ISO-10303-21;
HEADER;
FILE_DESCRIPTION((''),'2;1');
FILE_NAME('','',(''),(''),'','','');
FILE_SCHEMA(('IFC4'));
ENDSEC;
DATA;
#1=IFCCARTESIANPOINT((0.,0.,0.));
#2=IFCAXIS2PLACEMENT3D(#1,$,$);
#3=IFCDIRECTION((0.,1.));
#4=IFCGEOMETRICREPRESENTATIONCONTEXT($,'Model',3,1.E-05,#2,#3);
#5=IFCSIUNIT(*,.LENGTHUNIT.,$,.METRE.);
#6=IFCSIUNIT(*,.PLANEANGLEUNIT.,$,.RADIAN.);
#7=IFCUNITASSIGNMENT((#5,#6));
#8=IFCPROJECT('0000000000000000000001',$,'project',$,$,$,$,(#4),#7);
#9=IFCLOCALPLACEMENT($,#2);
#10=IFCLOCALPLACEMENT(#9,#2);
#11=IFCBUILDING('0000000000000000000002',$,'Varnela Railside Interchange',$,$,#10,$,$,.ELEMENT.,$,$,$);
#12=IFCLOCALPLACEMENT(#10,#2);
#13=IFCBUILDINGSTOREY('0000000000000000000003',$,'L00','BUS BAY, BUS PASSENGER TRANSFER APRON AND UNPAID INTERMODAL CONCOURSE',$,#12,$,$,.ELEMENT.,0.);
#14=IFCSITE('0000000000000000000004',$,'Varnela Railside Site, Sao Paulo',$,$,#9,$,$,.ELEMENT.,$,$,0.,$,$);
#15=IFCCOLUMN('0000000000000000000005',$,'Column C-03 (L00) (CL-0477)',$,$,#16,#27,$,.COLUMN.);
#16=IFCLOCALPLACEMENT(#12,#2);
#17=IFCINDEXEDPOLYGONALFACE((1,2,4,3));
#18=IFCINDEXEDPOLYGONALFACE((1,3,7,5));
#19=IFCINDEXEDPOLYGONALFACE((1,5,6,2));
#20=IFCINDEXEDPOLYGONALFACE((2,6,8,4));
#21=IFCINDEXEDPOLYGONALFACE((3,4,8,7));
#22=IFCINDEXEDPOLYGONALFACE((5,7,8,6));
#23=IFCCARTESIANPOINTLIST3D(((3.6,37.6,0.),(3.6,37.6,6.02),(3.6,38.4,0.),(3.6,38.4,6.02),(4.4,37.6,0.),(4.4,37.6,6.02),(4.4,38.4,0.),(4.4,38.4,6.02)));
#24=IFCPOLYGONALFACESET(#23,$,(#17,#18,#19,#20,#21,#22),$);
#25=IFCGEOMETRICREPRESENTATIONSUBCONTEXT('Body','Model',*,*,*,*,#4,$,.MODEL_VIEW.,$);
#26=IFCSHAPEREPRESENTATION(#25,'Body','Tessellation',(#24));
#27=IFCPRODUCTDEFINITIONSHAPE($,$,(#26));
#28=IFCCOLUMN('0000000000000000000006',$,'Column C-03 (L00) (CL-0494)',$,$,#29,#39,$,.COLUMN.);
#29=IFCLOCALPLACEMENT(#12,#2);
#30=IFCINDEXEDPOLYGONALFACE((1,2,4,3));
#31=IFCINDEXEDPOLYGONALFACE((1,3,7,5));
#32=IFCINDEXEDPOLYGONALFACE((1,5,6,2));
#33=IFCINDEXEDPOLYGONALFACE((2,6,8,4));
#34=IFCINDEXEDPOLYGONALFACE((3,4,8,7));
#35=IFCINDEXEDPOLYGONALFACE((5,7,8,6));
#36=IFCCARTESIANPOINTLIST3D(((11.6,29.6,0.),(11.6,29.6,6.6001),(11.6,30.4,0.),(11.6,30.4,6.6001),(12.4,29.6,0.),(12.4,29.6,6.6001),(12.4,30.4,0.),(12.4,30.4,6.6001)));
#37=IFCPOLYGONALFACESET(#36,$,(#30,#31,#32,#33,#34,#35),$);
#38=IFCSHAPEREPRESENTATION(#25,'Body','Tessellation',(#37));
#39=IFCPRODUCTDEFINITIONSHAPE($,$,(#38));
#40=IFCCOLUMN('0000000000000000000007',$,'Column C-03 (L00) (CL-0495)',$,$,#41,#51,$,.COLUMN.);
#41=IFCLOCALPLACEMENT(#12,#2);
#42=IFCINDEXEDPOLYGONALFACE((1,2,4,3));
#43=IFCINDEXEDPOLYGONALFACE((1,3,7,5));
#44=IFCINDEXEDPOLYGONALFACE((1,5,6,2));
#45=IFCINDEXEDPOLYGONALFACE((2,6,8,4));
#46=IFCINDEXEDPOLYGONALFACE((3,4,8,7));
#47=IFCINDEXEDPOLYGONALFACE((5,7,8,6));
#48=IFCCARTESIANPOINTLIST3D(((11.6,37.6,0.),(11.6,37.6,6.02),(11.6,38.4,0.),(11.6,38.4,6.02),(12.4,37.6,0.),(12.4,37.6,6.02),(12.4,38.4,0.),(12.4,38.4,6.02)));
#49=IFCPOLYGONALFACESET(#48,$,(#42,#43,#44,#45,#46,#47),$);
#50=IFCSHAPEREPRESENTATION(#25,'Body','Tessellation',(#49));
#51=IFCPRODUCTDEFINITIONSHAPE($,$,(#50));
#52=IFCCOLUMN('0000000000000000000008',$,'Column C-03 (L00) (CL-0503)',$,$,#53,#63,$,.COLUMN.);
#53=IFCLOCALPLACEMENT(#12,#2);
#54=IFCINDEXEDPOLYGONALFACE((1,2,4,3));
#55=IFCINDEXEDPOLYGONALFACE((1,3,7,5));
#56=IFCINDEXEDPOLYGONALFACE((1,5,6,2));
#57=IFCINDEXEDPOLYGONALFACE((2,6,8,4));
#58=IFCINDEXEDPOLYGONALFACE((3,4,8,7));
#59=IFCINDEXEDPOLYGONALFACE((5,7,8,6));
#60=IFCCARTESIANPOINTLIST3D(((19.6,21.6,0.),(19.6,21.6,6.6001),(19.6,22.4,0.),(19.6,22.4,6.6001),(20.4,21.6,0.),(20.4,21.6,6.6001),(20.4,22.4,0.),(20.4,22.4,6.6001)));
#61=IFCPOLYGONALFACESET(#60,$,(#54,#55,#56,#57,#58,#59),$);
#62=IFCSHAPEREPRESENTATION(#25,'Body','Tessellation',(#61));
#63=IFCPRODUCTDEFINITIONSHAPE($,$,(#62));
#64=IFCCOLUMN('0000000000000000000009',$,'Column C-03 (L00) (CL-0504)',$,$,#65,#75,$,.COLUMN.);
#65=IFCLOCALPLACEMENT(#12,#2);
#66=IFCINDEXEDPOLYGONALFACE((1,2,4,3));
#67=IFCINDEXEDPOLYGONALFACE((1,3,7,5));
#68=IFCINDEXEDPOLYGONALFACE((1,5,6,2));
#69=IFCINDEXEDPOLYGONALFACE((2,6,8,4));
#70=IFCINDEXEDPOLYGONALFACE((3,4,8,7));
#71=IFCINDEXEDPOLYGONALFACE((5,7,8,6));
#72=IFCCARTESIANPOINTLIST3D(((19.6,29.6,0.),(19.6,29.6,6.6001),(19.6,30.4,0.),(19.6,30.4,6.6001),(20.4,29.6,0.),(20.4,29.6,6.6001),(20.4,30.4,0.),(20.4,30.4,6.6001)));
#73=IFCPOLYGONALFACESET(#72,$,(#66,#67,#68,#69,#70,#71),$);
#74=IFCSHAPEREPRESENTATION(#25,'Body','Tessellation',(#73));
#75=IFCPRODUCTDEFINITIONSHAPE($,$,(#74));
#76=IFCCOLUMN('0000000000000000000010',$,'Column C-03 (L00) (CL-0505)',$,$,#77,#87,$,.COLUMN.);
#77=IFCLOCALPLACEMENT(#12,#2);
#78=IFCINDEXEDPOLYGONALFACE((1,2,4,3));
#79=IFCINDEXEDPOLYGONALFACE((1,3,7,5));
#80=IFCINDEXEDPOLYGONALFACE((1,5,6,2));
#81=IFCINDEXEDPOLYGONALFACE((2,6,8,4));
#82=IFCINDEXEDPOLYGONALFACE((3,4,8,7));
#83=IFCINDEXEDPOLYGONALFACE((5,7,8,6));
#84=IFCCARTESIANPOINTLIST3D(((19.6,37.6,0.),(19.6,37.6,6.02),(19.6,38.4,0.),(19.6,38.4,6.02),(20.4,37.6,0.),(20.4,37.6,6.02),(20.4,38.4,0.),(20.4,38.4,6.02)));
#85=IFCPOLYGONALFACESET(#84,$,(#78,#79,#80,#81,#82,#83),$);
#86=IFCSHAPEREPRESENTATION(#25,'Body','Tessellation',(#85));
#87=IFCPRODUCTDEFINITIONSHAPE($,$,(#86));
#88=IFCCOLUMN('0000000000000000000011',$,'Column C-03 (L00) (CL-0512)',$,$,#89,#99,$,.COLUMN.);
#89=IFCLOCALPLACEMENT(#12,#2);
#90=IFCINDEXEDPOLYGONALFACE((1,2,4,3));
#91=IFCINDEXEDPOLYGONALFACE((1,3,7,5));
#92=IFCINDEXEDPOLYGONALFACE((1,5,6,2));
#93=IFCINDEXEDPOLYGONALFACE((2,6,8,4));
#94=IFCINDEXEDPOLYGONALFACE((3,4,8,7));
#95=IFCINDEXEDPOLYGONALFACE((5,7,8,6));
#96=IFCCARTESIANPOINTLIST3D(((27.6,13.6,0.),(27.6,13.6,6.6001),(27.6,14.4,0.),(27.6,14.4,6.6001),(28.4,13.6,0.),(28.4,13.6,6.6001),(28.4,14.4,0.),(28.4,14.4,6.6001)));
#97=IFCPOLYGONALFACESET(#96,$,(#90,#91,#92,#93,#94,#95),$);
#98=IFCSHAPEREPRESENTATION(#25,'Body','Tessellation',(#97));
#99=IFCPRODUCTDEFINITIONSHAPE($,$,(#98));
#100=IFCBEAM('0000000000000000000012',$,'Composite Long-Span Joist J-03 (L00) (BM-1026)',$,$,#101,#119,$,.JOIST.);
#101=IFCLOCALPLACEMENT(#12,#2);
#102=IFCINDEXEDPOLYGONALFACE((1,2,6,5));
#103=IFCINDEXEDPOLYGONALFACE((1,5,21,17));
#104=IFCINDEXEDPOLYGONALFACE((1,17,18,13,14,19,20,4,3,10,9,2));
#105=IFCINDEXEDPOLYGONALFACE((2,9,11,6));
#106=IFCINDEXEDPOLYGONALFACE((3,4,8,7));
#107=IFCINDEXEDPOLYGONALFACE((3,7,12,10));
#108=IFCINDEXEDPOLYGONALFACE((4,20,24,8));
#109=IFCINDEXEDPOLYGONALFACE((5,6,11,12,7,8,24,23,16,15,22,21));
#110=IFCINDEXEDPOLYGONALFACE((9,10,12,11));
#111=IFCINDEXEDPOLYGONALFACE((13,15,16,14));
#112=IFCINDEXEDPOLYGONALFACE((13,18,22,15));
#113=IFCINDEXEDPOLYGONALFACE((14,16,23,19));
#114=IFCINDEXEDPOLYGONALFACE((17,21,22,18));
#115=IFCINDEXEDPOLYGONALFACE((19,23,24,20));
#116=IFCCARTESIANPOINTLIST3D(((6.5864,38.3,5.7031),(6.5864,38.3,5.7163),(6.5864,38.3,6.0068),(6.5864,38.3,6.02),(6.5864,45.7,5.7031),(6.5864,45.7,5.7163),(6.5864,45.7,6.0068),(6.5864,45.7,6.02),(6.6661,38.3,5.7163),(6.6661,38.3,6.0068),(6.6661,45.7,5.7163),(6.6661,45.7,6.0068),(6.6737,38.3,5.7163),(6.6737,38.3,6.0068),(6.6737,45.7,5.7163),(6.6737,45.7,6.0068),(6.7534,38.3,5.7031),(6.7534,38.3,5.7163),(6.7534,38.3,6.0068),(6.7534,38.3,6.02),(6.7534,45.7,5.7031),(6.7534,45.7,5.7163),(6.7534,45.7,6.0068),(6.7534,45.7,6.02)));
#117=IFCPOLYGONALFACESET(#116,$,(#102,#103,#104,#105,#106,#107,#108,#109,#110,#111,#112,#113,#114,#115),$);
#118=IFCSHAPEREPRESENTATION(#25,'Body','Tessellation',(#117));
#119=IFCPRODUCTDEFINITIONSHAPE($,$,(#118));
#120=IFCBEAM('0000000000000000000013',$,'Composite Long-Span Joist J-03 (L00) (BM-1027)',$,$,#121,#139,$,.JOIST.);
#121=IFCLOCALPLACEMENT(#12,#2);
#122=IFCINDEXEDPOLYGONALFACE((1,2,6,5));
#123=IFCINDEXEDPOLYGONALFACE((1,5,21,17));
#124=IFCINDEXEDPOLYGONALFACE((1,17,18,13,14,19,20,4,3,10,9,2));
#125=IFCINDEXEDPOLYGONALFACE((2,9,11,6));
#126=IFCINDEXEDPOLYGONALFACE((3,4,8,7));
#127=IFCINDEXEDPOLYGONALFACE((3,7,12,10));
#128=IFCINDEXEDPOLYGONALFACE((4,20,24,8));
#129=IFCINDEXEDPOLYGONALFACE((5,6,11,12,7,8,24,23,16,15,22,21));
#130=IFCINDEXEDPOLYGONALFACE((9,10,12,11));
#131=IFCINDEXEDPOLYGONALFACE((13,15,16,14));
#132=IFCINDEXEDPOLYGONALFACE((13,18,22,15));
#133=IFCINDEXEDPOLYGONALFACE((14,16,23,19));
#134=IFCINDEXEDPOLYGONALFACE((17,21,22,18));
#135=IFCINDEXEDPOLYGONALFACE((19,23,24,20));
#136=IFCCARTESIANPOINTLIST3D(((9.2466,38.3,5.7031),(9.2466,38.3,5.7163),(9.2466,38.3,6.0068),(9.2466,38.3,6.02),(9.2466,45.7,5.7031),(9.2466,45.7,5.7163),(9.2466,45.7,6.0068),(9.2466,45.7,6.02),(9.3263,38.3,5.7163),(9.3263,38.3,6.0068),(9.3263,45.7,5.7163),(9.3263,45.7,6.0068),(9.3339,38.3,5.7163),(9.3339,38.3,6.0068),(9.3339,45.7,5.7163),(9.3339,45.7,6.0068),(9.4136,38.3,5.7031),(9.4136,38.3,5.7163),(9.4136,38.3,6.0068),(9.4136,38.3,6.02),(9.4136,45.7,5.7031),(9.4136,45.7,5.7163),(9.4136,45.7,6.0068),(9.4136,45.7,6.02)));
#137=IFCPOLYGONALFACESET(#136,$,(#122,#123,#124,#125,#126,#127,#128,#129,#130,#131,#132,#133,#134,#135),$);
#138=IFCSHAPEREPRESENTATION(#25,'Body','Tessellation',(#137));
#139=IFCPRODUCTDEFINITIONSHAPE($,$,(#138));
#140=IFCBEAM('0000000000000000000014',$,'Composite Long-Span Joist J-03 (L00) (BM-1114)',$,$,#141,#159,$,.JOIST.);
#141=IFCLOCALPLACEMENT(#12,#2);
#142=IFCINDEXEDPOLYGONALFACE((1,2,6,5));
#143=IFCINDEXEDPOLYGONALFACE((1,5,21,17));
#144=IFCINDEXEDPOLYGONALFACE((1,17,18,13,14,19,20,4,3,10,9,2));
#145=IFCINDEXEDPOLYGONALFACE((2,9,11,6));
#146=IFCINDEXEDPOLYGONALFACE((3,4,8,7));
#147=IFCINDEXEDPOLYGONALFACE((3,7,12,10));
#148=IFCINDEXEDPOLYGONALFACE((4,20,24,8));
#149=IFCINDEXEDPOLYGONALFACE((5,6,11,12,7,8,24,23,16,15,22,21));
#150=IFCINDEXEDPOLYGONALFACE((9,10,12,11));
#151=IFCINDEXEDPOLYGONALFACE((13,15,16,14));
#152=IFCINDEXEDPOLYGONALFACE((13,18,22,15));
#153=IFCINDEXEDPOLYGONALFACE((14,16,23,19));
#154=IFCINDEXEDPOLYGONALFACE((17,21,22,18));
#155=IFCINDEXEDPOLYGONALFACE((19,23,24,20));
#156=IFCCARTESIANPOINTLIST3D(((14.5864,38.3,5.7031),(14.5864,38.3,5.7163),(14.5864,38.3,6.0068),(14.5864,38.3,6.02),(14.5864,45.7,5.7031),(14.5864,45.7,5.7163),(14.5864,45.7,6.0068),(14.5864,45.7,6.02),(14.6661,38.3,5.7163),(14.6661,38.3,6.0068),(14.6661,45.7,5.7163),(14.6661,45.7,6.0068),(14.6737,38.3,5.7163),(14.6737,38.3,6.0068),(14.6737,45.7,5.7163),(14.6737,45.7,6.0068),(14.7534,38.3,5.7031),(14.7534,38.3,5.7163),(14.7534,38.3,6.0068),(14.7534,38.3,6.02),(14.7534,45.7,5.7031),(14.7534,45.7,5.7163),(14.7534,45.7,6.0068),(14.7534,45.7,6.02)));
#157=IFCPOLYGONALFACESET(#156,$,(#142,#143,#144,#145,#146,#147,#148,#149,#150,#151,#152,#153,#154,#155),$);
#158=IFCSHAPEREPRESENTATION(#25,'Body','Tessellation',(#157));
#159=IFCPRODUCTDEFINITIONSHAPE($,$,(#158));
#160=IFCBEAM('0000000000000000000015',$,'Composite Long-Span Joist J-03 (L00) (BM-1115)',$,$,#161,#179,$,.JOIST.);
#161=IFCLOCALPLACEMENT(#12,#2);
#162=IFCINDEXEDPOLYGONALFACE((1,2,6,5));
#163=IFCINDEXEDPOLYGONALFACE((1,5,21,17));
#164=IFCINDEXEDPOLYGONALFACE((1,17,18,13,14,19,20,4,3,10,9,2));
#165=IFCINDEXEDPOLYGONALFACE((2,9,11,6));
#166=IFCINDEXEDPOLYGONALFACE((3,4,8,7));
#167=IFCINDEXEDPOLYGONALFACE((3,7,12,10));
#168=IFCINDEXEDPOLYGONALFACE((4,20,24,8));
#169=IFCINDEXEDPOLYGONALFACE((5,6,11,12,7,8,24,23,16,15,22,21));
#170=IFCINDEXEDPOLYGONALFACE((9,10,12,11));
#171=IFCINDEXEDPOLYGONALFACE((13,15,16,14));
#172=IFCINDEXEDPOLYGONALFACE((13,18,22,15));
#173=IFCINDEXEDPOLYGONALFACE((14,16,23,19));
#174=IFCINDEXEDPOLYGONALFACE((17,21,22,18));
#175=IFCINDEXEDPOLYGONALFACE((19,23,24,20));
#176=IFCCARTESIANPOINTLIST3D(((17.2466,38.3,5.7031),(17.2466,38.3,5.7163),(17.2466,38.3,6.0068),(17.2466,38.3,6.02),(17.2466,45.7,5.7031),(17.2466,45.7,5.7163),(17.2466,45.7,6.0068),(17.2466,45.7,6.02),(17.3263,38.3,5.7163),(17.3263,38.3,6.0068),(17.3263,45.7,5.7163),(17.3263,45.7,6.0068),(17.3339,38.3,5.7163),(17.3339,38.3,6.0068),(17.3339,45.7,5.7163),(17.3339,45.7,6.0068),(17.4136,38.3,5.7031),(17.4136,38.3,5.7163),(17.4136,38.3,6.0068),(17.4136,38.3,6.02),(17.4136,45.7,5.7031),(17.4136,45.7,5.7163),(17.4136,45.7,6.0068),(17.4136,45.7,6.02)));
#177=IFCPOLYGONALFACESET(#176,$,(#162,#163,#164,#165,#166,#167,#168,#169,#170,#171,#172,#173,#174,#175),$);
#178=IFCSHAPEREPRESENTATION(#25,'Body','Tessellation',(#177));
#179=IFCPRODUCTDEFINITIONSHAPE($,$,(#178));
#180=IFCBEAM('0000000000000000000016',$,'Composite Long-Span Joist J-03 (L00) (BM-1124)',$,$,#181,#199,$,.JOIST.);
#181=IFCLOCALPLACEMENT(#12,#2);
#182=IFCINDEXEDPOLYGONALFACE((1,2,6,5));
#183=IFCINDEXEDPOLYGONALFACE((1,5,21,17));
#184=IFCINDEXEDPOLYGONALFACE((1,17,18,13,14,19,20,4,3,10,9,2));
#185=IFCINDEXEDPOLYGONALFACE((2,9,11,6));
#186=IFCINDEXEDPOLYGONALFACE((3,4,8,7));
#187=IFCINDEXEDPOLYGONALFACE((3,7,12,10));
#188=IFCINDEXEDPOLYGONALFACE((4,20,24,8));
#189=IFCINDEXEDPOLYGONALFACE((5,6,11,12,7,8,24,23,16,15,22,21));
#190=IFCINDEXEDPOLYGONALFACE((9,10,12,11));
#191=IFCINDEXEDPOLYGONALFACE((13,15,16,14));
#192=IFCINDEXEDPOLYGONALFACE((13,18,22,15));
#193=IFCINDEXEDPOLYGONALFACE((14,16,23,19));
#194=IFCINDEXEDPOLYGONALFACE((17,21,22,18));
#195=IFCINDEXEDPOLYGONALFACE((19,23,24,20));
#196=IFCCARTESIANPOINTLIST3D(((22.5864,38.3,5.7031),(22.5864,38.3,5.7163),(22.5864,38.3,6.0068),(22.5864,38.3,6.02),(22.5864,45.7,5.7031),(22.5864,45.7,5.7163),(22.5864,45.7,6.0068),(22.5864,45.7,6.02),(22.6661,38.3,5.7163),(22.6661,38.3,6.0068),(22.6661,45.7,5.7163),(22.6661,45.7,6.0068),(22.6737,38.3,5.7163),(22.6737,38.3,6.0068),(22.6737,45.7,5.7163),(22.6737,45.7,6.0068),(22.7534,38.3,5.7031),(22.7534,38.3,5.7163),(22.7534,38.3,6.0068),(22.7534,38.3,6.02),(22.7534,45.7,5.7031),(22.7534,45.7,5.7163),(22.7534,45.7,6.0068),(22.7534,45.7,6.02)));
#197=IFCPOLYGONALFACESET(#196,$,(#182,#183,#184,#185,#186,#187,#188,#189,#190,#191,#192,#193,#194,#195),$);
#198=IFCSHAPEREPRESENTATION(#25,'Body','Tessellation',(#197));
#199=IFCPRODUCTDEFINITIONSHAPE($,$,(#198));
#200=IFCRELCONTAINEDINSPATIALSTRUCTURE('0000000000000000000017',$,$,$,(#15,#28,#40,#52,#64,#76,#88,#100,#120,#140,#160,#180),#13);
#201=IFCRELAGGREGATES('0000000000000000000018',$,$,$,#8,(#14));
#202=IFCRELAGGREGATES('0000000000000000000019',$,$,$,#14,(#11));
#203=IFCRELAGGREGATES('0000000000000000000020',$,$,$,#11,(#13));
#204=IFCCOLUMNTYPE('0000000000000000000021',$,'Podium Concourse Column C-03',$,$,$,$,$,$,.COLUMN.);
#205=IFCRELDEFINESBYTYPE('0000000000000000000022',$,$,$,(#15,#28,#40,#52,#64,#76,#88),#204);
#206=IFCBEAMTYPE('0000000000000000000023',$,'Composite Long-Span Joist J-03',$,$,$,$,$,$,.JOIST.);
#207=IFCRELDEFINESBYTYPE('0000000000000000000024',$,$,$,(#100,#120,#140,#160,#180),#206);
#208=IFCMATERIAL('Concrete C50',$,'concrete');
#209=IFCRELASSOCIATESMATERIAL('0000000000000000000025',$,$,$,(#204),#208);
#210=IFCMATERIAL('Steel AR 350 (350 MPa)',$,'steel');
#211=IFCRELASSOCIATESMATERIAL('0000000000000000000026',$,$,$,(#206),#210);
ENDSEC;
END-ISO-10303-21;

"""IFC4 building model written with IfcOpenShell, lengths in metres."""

from ifc_helpers import new_model, si_unit, direction, frame, origin, origin_2d, place, context, subcontext, project, spatial, rectangle, i_section, extrude, material, material_profile, profile_set, type_object, element, save


model = new_model("IFC4")

# Units and contexts
model_context = context("Model", 3, precision=1e-05, world=origin(), true_north=direction((0.0, 1.0)))
body_context = subcontext(model_context, "Body", "Model", "MODEL_VIEW")
ifc_project = project(units=[si_unit("LENGTHUNIT", "METRE"), si_unit("PLANEANGLEUNIT", "RADIAN")], contexts=[model_context])

# Site, building, storey
site_placement = place(None, origin())
site = spatial("IfcSite", under=ifc_project, at=site_placement, Name="Varnela Railside Site, Sao Paulo", CompositionType="ELEMENT", RefElevation=0.0)
building_placement = place(site_placement, origin())
building = spatial("IfcBuilding", under=site, at=building_placement, Name="Varnela Railside Interchange", CompositionType="ELEMENT")
storey_placement = place(building_placement, origin())
storey = spatial("IfcBuildingStorey", under=building, at=storey_placement, Name="L00", Description="BUS BAY, BUS PASSENGER TRANSFER APRON AND UNPAID INTERMODAL CONCOURSE", CompositionType="ELEMENT", Elevation=0.0)

# Columns
ifc_material_1 = material(Name="Concrete C50", Category="concrete")
ifc_material_profile_1 = material_profile(ifc_material_1, rectangle(XDim=0.8, YDim=0.8, at=origin_2d()), Name="RC 800x800")
ifc_profile_set_1 = profile_set([ifc_material_profile_1], Name="Concrete C50")
column_type = type_object("IfcColumnType", Name="Podium Concourse Column C-03", PredefinedType="COLUMN", material=ifc_profile_set_1)
column_1_placement = place(storey_placement, frame((4.0, 38.0, 0.0), z_axis=(0.0, 0.0, 1.0), x_axis=(1.0, 0.0, 0.0)))
element("IfcColumn", 1, at=column_1_placement, inside=storey, type_object=column_type, Name="Column C-03 (L00) (CL-0477)", PredefinedType="COLUMN", context=body_context, shape_type="SweptSolid", body=[
    extrude(rectangle(XDim=0.8, YDim=0.8, at=origin_2d()), origin(), (0.0, 0.0, 1.0), 6.02),
])
column_2_placement = place(storey_placement, frame((12.0, 30.0, 0.0), z_axis=(0.0, 0.0, 1.0), x_axis=(1.0, 0.0, 0.0)))
element("IfcColumn", 2, at=column_2_placement, inside=storey, type_object=column_type, Name="Column C-03 (L00) (CL-0494)", PredefinedType="COLUMN", context=body_context, shape_type="SweptSolid", body=[
    extrude(rectangle(XDim=0.8, YDim=0.8, at=origin_2d()), origin(), (0.0, 0.0, 1.0), 6.6001),
])
column_3_placement = place(storey_placement, frame((12.0, 38.0, 0.0), z_axis=(0.0, 0.0, 1.0), x_axis=(1.0, 0.0, 0.0)))
element("IfcColumn", 3, at=column_3_placement, inside=storey, type_object=column_type, Name="Column C-03 (L00) (CL-0495)", PredefinedType="COLUMN", context=body_context, shape_type="SweptSolid", body=[
    extrude(rectangle(XDim=0.8, YDim=0.8, at=origin_2d()), origin(), (0.0, 0.0, 1.0), 6.02),
])
for number, where, z_axis, x_axis, name in (
    (4, (20.0, 22.0, 0.0), (0.0, 0.0, 1.0), (1.0, 0.0, 0.0), "Column C-03 (L00) (CL-0503)"),
    (5, (20.0, 30.0, 0.0), (0.0, 0.0, 1.0), (1.0, 0.0, 0.0), "Column C-03 (L00) (CL-0504)"),
):
    element("IfcColumn", number, at=place(storey_placement, frame(where, z_axis=z_axis, x_axis=x_axis)), inside=storey, type_object=column_type, Name=name, PredefinedType="COLUMN", context=body_context, shape_type="SweptSolid", body=[
        extrude(rectangle(XDim=0.8, YDim=0.8, at=origin_2d()), origin(), (0.0, 0.0, 1.0), 6.6001),
    ])
column_4_placement = place(storey_placement, frame((20.0, 38.0, 0.0), z_axis=(0.0, 0.0, 1.0), x_axis=(1.0, 0.0, 0.0)))
element("IfcColumn", 6, at=column_4_placement, inside=storey, type_object=column_type, Name="Column C-03 (L00) (CL-0505)", PredefinedType="COLUMN", context=body_context, shape_type="SweptSolid", body=[
    extrude(rectangle(XDim=0.8, YDim=0.8, at=origin_2d()), origin(), (0.0, 0.0, 1.0), 6.02),
])
column_5_placement = place(storey_placement, frame((28.0, 14.0, 0.0), z_axis=(0.0, 0.0, 1.0), x_axis=(1.0, 0.0, 0.0)))
element("IfcColumn", 7, at=column_5_placement, inside=storey, type_object=column_type, Name="Column C-03 (L00) (CL-0512)", PredefinedType="COLUMN", context=body_context, shape_type="SweptSolid", body=[
    extrude(rectangle(XDim=0.8, YDim=0.8, at=origin_2d()), origin(), (0.0, 0.0, 1.0), 6.6001),
])

# Beams
ifc_material_2 = material(Name="Steel AR 350 (350 MPa)", Category="steel")
ifc_material_profile_2 = material_profile(ifc_material_2, i_section(OverallWidth=0.167, OverallDepth=0.3169, WebThickness=0.0076, FlangeThickness=0.0132, at=origin_2d()), Name="W310x52")
ifc_profile_set_2 = profile_set([ifc_material_profile_2], Name="Steel AR 350 (350 MPa)")
beam_type_1 = type_object("IfcBeamType", Name="Composite Long-Span Joist J-03", PredefinedType="JOIST", material=ifc_profile_set_2)
for number, where, z_axis, x_axis, name in (
    (8, (6.6699, 38.3, 5.8616), (0.0, 1.0, 0.0), (-1.0, 0.0, 0.0), "Composite Long-Span Joist J-03 (L00) (BM-1026)"),
    (9, (9.3301, 38.3, 5.8616), (0.0, 1.0, 0.0), (-1.0, 0.0, 0.0), "Composite Long-Span Joist J-03 (L00) (BM-1027)"),
    (10, (14.6699, 38.3, 5.8616), (0.0, 1.0, 0.0), (-1.0, 0.0, 0.0), "Composite Long-Span Joist J-03 (L00) (BM-1114)"),
    (11, (17.3301, 38.3, 5.8616), (0.0, 1.0, 0.0), (-1.0, 0.0, 0.0), "Composite Long-Span Joist J-03 (L00) (BM-1115)"),
    (12, (22.6699, 38.3, 5.8616), (0.0, 1.0, 0.0), (-1.0, 0.0, 0.0), "Composite Long-Span Joist J-03 (L00) (BM-1124)"),
):
    element("IfcBeam", number, at=place(storey_placement, frame(where, z_axis=z_axis, x_axis=x_axis)), inside=storey, type_object=beam_type_1, Name=name, PredefinedType="JOIST", context=body_context, shape_type="SweptSolid", body=[
        extrude(i_section(OverallWidth=0.167, OverallDepth=0.3169, WebThickness=0.0076, FlangeThickness=0.0132, at=origin_2d()), origin(), (0.0, 0.0, 1.0), 7.3999),
    ])

save(model, "model.ifc")
